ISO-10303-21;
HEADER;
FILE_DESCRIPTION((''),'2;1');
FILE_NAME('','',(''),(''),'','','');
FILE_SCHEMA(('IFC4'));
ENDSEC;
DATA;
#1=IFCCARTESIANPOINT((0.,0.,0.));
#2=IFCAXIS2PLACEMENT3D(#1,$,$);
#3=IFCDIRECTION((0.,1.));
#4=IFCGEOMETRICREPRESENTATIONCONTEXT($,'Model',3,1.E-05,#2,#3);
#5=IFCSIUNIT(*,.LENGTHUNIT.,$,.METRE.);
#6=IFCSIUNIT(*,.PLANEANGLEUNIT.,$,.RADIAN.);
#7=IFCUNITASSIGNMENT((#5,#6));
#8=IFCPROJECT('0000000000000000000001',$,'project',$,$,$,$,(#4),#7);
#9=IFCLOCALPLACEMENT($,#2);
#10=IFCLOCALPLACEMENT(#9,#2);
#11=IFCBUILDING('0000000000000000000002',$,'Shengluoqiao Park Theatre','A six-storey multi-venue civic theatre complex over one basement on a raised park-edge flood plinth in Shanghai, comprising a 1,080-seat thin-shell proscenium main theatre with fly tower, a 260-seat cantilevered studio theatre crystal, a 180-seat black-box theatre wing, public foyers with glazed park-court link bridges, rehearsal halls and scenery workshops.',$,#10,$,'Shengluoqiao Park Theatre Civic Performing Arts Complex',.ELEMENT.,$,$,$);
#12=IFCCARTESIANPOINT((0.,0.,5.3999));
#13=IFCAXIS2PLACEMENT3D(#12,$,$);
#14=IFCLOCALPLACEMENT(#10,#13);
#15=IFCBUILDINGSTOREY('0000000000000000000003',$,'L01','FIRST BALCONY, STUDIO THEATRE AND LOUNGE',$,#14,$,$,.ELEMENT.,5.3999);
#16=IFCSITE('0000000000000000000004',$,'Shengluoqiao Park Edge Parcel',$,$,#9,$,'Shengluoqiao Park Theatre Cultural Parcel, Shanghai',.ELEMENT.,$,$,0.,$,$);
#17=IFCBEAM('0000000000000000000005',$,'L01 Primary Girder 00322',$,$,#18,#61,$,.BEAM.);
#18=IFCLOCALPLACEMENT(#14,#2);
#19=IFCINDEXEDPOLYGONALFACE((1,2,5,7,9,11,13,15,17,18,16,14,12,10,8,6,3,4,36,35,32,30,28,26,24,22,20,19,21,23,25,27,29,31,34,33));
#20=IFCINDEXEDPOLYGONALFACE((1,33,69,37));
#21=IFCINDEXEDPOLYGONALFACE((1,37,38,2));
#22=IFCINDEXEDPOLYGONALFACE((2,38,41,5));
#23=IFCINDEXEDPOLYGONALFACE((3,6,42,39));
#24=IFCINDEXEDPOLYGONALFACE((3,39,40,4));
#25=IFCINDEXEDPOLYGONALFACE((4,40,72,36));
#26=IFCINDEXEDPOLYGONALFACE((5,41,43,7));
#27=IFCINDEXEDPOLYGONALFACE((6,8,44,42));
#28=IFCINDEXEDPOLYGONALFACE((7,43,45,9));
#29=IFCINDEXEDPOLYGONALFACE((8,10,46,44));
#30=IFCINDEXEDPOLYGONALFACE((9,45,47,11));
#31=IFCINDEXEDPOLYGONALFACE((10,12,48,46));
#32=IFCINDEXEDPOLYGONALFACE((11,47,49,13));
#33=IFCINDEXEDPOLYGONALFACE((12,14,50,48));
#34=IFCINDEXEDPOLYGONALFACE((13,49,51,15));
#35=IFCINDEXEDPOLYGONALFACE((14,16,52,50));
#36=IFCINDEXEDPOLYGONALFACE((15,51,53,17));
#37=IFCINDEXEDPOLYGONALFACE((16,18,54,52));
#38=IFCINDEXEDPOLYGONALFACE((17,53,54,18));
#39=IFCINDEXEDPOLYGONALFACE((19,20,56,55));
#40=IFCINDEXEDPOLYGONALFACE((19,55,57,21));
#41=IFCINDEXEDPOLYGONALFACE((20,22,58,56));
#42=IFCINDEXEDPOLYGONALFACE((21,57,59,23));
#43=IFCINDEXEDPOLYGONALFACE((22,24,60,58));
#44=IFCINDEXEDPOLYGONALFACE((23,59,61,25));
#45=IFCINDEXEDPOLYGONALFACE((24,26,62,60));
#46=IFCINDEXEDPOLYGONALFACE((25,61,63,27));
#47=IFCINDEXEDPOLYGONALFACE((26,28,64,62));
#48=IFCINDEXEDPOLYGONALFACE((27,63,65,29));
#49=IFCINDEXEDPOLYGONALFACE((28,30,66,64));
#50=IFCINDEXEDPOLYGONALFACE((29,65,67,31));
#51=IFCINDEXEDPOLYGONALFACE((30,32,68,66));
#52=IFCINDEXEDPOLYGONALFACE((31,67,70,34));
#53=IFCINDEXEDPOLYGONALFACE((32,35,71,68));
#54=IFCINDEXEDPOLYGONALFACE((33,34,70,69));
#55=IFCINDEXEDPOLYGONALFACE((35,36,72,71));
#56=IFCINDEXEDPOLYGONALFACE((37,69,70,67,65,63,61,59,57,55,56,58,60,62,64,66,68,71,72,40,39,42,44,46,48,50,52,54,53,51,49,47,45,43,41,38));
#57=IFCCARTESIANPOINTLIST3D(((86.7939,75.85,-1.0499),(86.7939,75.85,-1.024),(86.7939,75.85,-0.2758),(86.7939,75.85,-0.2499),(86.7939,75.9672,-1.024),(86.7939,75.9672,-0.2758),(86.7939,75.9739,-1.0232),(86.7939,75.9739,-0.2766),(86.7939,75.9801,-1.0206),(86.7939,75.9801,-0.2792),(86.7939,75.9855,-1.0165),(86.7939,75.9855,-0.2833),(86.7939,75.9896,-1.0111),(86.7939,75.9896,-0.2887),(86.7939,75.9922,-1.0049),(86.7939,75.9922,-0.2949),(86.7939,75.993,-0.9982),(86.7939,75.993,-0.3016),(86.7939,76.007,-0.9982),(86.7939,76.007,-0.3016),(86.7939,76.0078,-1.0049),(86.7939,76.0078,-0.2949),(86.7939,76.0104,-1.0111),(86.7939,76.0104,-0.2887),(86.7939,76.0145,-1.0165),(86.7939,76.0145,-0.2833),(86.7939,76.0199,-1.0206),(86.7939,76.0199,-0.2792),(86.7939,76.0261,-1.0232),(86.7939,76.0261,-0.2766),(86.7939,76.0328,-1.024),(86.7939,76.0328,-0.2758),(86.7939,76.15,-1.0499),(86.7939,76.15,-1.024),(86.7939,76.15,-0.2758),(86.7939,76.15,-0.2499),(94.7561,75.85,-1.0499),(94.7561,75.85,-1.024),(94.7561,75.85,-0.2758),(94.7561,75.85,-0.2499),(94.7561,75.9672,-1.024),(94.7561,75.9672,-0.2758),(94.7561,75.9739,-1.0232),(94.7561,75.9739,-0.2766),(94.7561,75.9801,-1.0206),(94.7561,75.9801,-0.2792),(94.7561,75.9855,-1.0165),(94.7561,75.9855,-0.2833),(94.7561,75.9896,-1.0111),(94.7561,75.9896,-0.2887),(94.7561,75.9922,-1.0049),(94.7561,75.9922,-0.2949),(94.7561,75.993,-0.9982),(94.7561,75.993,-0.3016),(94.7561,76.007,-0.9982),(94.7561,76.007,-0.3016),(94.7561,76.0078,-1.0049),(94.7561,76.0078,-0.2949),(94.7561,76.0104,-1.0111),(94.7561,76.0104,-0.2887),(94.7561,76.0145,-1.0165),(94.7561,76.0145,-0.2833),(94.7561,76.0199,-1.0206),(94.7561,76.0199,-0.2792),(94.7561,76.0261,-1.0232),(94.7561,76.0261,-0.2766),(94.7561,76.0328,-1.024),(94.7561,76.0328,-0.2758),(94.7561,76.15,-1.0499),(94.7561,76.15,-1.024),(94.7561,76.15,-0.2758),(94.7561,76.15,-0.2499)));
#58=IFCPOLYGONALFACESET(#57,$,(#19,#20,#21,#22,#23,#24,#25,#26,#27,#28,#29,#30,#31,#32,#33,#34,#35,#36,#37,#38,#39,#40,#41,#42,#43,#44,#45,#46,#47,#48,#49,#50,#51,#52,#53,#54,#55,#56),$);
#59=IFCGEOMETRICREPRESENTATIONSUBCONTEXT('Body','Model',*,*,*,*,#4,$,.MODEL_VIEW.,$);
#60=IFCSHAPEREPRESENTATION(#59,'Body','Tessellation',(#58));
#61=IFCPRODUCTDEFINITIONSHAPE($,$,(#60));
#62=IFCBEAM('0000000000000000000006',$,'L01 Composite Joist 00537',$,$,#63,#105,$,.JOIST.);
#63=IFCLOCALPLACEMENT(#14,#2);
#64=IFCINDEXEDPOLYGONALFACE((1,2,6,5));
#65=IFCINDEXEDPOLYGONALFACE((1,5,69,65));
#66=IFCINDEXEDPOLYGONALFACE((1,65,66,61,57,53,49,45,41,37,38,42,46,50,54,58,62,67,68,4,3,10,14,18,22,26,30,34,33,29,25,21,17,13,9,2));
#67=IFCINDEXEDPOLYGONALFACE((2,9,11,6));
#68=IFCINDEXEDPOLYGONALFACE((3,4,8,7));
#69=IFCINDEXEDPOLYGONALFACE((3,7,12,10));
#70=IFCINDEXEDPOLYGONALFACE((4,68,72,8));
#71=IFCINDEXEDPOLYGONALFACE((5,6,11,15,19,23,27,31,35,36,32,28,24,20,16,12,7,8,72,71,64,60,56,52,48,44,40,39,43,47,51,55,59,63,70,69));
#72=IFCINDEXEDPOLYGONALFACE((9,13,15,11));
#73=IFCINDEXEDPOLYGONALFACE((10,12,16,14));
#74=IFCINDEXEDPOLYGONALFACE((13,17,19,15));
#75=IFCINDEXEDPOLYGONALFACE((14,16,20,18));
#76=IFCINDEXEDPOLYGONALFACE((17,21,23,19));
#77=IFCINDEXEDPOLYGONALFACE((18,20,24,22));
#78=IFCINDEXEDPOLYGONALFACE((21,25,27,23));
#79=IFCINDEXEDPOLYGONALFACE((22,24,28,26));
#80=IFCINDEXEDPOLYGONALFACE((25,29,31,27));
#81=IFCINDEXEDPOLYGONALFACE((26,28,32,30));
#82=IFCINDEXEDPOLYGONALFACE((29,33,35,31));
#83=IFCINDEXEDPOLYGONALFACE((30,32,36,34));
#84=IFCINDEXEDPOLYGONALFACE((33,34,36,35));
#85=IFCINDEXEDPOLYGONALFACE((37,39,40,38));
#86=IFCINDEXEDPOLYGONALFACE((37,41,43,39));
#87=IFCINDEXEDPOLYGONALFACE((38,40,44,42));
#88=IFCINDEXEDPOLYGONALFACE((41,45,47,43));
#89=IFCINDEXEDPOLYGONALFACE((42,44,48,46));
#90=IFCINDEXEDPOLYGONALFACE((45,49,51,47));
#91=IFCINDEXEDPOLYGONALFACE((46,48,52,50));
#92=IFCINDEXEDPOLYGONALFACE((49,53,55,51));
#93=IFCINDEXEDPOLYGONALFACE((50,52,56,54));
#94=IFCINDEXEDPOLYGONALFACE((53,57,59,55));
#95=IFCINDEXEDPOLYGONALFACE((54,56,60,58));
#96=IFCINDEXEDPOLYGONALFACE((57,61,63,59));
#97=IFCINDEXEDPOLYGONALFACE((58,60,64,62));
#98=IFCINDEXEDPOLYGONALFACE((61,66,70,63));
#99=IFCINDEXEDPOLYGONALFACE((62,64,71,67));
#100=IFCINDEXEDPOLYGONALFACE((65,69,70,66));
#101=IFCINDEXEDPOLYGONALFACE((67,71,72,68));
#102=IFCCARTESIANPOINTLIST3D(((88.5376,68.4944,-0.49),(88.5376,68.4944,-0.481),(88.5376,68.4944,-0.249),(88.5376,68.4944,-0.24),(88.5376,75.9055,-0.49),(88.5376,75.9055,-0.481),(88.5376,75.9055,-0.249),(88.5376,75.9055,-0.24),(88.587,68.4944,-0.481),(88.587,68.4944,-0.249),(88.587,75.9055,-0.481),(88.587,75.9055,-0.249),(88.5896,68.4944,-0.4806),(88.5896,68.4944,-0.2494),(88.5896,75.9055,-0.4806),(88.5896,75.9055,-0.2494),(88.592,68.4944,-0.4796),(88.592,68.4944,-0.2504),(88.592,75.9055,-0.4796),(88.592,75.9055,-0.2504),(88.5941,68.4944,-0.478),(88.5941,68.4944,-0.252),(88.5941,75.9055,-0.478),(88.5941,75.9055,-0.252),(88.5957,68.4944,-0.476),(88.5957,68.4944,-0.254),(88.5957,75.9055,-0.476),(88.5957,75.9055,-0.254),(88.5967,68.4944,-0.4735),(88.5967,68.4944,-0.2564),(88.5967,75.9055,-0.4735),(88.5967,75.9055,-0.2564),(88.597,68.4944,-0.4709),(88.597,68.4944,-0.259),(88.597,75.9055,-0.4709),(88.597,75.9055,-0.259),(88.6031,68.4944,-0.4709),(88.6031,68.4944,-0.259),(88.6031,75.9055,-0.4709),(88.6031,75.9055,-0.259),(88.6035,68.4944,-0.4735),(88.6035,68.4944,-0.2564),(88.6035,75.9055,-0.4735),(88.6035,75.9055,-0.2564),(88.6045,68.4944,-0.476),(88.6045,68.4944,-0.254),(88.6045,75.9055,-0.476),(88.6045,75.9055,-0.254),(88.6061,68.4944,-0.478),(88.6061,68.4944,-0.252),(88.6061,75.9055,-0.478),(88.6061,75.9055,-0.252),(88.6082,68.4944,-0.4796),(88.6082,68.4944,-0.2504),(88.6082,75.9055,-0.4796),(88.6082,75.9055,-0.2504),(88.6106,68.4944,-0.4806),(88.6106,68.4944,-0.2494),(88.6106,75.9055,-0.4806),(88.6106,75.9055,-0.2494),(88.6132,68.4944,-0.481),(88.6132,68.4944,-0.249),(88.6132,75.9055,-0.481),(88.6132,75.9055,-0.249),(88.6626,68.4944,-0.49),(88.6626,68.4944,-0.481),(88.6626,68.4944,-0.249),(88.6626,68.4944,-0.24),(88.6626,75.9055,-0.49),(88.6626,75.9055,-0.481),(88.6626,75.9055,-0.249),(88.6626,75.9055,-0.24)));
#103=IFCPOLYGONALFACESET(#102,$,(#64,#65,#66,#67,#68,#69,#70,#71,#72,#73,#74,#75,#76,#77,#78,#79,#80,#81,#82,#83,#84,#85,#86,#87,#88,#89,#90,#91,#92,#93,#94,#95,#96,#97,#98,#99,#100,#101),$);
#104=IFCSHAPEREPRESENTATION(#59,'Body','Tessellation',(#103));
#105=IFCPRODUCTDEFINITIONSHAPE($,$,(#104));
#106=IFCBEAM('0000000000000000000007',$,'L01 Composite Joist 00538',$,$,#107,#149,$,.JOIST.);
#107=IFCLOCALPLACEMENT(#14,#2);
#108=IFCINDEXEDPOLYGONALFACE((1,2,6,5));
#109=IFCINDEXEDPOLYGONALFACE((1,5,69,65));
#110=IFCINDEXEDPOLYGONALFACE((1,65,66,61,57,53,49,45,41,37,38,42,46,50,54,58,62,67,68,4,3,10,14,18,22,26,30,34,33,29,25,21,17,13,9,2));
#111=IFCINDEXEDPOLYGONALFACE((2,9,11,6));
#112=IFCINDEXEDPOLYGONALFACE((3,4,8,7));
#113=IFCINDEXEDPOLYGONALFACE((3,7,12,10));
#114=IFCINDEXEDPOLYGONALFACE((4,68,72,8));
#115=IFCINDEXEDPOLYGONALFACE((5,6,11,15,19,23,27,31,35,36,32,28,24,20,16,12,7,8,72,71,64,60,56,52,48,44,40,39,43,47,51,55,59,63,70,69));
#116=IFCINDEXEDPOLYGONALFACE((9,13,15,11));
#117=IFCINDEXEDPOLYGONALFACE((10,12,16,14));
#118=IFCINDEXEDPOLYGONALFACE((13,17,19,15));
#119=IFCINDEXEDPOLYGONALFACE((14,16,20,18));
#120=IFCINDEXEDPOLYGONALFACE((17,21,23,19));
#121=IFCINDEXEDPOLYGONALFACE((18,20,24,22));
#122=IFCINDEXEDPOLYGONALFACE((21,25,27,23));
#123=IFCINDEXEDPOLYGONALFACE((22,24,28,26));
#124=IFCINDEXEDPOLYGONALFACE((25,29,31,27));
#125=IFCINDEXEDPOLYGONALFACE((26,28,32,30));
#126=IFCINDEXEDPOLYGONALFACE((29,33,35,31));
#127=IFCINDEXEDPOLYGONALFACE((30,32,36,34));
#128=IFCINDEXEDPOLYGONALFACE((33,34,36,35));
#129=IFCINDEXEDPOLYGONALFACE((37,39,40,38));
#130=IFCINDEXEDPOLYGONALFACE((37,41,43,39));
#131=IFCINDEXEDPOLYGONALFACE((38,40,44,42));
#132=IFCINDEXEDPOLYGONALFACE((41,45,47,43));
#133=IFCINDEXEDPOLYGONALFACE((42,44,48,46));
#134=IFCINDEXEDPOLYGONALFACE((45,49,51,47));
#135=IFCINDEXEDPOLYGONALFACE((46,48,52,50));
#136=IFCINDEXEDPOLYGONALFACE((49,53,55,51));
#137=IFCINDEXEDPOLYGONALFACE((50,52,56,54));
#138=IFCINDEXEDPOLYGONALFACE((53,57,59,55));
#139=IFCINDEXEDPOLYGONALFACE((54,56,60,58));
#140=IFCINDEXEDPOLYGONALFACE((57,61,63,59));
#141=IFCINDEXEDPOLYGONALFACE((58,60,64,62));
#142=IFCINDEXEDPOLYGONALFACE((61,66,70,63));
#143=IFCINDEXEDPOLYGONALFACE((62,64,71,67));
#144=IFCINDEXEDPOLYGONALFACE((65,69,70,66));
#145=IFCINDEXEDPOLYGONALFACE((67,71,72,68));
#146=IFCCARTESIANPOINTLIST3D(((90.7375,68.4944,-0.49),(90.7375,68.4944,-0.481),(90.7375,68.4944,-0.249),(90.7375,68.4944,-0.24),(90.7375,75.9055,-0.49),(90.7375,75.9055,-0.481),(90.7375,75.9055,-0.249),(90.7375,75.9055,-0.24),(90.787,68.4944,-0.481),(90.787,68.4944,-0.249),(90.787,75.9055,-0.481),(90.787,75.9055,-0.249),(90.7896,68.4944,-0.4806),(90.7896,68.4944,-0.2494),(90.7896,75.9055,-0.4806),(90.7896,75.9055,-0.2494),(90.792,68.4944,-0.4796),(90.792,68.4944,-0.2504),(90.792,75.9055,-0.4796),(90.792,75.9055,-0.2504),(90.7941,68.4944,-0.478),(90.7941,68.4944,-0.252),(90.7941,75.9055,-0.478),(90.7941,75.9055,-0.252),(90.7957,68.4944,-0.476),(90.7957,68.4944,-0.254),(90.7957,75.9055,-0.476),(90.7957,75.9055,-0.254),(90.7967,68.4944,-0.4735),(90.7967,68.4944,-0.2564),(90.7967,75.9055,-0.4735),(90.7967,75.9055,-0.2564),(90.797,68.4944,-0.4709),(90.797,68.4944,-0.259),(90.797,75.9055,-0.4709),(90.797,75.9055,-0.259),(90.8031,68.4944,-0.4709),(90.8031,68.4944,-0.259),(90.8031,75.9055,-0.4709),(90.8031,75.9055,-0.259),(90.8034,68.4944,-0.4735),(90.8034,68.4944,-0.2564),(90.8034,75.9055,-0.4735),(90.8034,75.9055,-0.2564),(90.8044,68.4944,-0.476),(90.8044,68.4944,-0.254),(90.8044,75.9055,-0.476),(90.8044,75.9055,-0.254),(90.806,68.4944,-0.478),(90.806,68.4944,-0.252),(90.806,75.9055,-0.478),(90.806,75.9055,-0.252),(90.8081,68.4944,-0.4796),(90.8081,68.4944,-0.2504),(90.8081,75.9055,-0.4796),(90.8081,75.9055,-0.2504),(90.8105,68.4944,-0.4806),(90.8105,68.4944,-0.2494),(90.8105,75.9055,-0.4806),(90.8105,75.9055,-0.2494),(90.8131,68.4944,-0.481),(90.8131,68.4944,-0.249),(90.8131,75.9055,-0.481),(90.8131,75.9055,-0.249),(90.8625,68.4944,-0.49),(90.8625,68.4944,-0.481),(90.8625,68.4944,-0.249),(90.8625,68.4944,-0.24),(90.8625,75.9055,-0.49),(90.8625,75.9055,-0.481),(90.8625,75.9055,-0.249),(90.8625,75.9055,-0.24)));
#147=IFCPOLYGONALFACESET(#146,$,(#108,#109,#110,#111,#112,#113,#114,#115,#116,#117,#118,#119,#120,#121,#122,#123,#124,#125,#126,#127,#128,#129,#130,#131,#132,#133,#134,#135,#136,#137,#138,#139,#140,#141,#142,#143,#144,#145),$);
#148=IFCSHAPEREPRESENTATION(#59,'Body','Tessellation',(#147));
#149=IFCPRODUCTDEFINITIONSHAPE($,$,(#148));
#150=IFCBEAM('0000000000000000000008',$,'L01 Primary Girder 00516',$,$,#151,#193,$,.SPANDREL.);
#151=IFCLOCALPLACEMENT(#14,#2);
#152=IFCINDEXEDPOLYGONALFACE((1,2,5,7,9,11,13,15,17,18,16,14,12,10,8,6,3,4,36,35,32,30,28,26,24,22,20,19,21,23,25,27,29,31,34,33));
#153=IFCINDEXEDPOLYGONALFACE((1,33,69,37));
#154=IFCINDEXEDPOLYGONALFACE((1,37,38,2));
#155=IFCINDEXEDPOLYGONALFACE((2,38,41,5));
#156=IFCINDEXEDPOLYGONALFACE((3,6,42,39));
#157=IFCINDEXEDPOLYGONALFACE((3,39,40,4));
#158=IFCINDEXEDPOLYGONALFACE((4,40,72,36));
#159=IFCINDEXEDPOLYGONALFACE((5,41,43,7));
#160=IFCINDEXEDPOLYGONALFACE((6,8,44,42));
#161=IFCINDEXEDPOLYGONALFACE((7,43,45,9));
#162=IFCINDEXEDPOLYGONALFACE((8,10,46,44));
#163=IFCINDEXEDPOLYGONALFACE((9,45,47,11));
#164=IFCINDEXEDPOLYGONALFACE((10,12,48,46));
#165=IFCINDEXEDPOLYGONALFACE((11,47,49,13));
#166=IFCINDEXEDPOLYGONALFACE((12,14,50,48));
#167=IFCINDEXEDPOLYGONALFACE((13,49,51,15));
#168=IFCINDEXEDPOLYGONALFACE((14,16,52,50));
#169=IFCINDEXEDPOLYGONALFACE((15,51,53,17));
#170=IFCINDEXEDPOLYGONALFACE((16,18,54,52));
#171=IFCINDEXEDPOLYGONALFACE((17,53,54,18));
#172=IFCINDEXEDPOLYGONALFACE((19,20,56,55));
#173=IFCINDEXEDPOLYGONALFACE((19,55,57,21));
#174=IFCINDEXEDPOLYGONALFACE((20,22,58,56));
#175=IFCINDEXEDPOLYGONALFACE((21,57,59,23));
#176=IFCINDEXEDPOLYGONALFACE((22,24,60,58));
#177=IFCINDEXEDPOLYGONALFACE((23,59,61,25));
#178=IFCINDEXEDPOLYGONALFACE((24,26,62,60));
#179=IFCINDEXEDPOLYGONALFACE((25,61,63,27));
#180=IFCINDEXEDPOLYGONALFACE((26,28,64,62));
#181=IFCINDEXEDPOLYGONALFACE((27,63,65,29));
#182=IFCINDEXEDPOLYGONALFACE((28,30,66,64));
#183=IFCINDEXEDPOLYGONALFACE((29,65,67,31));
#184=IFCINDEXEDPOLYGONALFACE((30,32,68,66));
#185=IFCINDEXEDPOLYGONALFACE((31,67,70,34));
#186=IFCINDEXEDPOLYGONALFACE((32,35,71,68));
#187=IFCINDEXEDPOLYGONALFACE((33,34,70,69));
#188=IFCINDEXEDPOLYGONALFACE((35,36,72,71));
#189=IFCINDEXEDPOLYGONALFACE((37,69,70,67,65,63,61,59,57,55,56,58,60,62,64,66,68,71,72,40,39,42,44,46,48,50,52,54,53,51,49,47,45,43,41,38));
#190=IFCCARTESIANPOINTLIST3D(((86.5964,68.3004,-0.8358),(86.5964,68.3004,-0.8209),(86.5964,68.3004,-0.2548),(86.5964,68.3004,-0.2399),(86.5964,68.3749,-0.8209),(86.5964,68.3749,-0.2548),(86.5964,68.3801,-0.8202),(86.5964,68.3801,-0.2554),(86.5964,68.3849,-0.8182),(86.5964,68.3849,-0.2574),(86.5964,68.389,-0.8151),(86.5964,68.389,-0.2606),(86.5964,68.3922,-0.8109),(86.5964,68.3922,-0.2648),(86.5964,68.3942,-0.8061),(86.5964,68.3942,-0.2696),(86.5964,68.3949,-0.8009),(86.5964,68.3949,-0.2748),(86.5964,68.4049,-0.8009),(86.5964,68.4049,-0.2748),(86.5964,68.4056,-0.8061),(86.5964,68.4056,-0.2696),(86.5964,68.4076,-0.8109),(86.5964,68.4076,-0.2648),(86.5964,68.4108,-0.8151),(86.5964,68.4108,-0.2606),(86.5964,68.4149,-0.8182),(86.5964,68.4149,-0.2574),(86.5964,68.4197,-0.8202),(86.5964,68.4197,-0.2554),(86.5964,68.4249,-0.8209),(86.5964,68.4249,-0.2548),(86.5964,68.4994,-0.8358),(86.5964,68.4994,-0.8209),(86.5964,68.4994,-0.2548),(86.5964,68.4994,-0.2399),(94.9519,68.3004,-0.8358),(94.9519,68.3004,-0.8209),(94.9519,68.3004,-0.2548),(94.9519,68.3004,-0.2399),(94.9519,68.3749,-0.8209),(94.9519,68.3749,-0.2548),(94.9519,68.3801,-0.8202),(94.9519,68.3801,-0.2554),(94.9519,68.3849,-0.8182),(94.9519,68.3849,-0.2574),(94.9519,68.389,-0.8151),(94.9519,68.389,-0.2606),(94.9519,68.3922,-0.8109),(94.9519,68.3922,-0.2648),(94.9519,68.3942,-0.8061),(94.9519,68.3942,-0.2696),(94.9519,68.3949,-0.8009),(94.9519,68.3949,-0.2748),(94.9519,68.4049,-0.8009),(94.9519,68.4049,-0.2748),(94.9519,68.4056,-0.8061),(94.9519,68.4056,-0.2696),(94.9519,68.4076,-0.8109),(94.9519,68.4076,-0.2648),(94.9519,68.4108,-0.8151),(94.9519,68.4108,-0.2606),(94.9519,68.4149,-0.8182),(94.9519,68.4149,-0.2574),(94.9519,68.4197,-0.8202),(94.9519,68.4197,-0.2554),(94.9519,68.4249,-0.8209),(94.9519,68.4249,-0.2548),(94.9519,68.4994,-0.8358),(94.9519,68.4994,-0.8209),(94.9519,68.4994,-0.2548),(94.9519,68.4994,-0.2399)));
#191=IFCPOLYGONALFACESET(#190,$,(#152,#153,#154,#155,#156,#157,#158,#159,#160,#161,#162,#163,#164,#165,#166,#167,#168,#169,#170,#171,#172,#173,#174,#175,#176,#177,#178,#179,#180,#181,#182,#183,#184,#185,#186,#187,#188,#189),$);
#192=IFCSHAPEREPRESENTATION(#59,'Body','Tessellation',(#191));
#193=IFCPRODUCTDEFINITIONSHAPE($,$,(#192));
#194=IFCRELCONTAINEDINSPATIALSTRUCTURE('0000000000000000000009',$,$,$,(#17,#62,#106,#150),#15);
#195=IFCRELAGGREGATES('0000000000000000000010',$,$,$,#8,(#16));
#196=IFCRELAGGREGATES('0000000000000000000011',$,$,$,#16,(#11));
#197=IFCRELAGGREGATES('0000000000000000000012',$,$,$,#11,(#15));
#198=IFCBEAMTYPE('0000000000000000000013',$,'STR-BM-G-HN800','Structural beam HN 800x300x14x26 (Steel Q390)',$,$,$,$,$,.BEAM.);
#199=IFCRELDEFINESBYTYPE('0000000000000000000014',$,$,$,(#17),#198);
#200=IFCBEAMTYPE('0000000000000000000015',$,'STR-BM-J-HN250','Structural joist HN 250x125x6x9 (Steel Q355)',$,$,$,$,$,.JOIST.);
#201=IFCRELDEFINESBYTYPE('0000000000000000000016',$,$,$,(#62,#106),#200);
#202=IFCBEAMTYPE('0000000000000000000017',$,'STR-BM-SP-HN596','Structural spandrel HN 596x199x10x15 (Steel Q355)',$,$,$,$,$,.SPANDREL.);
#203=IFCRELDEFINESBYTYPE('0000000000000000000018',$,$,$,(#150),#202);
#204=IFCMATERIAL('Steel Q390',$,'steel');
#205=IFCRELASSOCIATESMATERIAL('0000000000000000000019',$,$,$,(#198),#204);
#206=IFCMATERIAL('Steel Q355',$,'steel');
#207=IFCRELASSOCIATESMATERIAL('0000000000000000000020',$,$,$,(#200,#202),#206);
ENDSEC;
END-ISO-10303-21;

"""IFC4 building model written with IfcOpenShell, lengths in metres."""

from ifc_helpers import new_model, si_unit, direction, frame, origin, origin_2d, place, context, subcontext, project, spatial, i_section, extrude, material, material_profile, profile_set, type_object, element, save


model = new_model("IFC4")

# Units and contexts
model_context = context("Model", 3, precision=1e-05, world=origin(), true_north=direction((0.0, 1.0)))
body_context = subcontext(model_context, "Body", "Model", "MODEL_VIEW")
ifc_project = project(units=[si_unit("LENGTHUNIT", "METRE"), si_unit("PLANEANGLEUNIT", "RADIAN")], contexts=[model_context])

# Site, building, storey
site_placement = place(None, origin())
site = spatial("IfcSite", under=ifc_project, at=site_placement, Name="Shengluoqiao Park Edge Parcel", LongName="Shengluoqiao Park Theatre Cultural Parcel, Shanghai", CompositionType="ELEMENT", RefElevation=0.0)
building_placement = place(site_placement, origin())
building = spatial("IfcBuilding", under=site, at=building_placement, Name="Shengluoqiao Park Theatre", Description="A six-storey multi-venue civic theatre complex over one basement on a raised park-edge flood plinth in Shanghai, comprising a 1,080-seat thin-shell proscenium main theatre with fly tower, a 260-seat cantilevered studio theatre crystal, a 180-seat black-box theatre wing, public foyers with glazed park-court link bridges, rehearsal halls and scenery workshops.", LongName="Shengluoqiao Park Theatre Civic Performing Arts Complex", CompositionType="ELEMENT")
storey_placement = place(building_placement, frame((0.0, 0.0, 5.3999)))
storey = spatial("IfcBuildingStorey", under=building, at=storey_placement, Name="L01", Description="FIRST BALCONY, STUDIO THEATRE AND LOUNGE", CompositionType="ELEMENT", Elevation=5.3999)

# Beams
ifc_material_1 = material(Name="Steel Q355", Category="steel")
ifc_material_2 = material(Name="Steel Q390", Category="steel")
ifc_material_profile_1 = material_profile(ifc_material_2, i_section(OverallWidth=0.3, OverallDepth=0.8, WebThickness=0.0139, FlangeThickness=0.0259, FilletRadius=0.0259, at=origin_2d()), Name="HN 800x300x14x26")
ifc_profile_set_1 = profile_set([ifc_material_profile_1], Name="Steel Q390")
beam_type_1 = type_object("IfcBeamType", Name="STR-BM-G-HN800", Description="Structural beam HN 800x300x14x26 (Steel Q390)", PredefinedType="BEAM", material=ifc_profile_set_1)
beam_1_placement = place(storey_placement, frame((86.7939, 76.0, -0.6499), z_axis=(1.0, 0.0, 0.0), x_axis=(0.0, 1.0, 0.0)))
element("IfcBeam", 1, at=beam_1_placement, inside=storey, type_object=beam_type_1, Name="L01 Primary Girder 00322", PredefinedType="BEAM", context=body_context, shape_type="SweptSolid", body=[
    extrude(i_section(OverallWidth=0.3, OverallDepth=0.8, WebThickness=0.0139, FlangeThickness=0.0259, FilletRadius=0.0259, at=origin_2d()), origin(), (0.0, 0.0, 1.0), 7.9622),
])
ifc_material_profile_2 = material_profile(ifc_material_1, i_section(OverallWidth=0.125, OverallDepth=0.25, WebThickness=0.0061, FlangeThickness=0.009, FilletRadius=0.01, at=origin_2d()), Name="HN 250x125x6x9")
ifc_profile_set_2 = profile_set([ifc_material_profile_2], Name="Steel Q355")
beam_type_2 = type_object("IfcBeamType", Name="STR-BM-J-HN250", Description="Structural joist HN 250x125x6x9 (Steel Q355)", PredefinedType="JOIST", material=ifc_profile_set_2)
for number, where, z_axis, x_axis, name in (
    (2, (88.6001, 68.4944, -0.365), (0.0, 1.0, 0.0), (-1.0, 0.0, 0.0), "L01 Composite Joist 00537"),
    (3, (90.8, 68.4944, -0.365), (0.0, 1.0, 0.0), (-1.0, 0.0, 0.0), "L01 Composite Joist 00538"),
):
    element("IfcBeam", number, at=place(storey_placement, frame(where, z_axis=z_axis, x_axis=x_axis)), inside=storey, type_object=beam_type_2, Name=name, PredefinedType="JOIST", context=body_context, shape_type="SweptSolid", body=[
        extrude(i_section(OverallWidth=0.125, OverallDepth=0.25, WebThickness=0.0061, FlangeThickness=0.009, FilletRadius=0.01, at=origin_2d()), origin(), (0.0, 0.0, 1.0), 7.4111),
    ])
ifc_material_profile_3 = material_profile(ifc_material_1, i_section(OverallWidth=0.199, OverallDepth=0.5959, WebThickness=0.01, FlangeThickness=0.0149, FilletRadius=0.02, at=origin_2d()), Name="HN 596x199x10x15")
ifc_profile_set_3 = profile_set([ifc_material_profile_3], Name="Steel Q355")
beam_type_3 = type_object("IfcBeamType", Name="STR-BM-SP-HN596", Description="Structural spandrel HN 596x199x10x15 (Steel Q355)", PredefinedType="SPANDREL", material=ifc_profile_set_3)
beam_2_placement = place(storey_placement, frame((86.5964, 68.3999, -0.5378), z_axis=(1.0, 0.0, 0.0), x_axis=(0.0, 1.0, 0.0)))
element("IfcBeam", 4, at=beam_2_placement, inside=storey, type_object=beam_type_3, Name="L01 Primary Girder 00516", PredefinedType="SPANDREL", context=body_context, shape_type="SweptSolid", body=[
    extrude(i_section(OverallWidth=0.199, OverallDepth=0.5959, WebThickness=0.01, FlangeThickness=0.0149, FilletRadius=0.02, at=origin_2d()), origin(), (0.0, 0.0, 1.0), 8.3555),
])

save(model, "model.ifc")
